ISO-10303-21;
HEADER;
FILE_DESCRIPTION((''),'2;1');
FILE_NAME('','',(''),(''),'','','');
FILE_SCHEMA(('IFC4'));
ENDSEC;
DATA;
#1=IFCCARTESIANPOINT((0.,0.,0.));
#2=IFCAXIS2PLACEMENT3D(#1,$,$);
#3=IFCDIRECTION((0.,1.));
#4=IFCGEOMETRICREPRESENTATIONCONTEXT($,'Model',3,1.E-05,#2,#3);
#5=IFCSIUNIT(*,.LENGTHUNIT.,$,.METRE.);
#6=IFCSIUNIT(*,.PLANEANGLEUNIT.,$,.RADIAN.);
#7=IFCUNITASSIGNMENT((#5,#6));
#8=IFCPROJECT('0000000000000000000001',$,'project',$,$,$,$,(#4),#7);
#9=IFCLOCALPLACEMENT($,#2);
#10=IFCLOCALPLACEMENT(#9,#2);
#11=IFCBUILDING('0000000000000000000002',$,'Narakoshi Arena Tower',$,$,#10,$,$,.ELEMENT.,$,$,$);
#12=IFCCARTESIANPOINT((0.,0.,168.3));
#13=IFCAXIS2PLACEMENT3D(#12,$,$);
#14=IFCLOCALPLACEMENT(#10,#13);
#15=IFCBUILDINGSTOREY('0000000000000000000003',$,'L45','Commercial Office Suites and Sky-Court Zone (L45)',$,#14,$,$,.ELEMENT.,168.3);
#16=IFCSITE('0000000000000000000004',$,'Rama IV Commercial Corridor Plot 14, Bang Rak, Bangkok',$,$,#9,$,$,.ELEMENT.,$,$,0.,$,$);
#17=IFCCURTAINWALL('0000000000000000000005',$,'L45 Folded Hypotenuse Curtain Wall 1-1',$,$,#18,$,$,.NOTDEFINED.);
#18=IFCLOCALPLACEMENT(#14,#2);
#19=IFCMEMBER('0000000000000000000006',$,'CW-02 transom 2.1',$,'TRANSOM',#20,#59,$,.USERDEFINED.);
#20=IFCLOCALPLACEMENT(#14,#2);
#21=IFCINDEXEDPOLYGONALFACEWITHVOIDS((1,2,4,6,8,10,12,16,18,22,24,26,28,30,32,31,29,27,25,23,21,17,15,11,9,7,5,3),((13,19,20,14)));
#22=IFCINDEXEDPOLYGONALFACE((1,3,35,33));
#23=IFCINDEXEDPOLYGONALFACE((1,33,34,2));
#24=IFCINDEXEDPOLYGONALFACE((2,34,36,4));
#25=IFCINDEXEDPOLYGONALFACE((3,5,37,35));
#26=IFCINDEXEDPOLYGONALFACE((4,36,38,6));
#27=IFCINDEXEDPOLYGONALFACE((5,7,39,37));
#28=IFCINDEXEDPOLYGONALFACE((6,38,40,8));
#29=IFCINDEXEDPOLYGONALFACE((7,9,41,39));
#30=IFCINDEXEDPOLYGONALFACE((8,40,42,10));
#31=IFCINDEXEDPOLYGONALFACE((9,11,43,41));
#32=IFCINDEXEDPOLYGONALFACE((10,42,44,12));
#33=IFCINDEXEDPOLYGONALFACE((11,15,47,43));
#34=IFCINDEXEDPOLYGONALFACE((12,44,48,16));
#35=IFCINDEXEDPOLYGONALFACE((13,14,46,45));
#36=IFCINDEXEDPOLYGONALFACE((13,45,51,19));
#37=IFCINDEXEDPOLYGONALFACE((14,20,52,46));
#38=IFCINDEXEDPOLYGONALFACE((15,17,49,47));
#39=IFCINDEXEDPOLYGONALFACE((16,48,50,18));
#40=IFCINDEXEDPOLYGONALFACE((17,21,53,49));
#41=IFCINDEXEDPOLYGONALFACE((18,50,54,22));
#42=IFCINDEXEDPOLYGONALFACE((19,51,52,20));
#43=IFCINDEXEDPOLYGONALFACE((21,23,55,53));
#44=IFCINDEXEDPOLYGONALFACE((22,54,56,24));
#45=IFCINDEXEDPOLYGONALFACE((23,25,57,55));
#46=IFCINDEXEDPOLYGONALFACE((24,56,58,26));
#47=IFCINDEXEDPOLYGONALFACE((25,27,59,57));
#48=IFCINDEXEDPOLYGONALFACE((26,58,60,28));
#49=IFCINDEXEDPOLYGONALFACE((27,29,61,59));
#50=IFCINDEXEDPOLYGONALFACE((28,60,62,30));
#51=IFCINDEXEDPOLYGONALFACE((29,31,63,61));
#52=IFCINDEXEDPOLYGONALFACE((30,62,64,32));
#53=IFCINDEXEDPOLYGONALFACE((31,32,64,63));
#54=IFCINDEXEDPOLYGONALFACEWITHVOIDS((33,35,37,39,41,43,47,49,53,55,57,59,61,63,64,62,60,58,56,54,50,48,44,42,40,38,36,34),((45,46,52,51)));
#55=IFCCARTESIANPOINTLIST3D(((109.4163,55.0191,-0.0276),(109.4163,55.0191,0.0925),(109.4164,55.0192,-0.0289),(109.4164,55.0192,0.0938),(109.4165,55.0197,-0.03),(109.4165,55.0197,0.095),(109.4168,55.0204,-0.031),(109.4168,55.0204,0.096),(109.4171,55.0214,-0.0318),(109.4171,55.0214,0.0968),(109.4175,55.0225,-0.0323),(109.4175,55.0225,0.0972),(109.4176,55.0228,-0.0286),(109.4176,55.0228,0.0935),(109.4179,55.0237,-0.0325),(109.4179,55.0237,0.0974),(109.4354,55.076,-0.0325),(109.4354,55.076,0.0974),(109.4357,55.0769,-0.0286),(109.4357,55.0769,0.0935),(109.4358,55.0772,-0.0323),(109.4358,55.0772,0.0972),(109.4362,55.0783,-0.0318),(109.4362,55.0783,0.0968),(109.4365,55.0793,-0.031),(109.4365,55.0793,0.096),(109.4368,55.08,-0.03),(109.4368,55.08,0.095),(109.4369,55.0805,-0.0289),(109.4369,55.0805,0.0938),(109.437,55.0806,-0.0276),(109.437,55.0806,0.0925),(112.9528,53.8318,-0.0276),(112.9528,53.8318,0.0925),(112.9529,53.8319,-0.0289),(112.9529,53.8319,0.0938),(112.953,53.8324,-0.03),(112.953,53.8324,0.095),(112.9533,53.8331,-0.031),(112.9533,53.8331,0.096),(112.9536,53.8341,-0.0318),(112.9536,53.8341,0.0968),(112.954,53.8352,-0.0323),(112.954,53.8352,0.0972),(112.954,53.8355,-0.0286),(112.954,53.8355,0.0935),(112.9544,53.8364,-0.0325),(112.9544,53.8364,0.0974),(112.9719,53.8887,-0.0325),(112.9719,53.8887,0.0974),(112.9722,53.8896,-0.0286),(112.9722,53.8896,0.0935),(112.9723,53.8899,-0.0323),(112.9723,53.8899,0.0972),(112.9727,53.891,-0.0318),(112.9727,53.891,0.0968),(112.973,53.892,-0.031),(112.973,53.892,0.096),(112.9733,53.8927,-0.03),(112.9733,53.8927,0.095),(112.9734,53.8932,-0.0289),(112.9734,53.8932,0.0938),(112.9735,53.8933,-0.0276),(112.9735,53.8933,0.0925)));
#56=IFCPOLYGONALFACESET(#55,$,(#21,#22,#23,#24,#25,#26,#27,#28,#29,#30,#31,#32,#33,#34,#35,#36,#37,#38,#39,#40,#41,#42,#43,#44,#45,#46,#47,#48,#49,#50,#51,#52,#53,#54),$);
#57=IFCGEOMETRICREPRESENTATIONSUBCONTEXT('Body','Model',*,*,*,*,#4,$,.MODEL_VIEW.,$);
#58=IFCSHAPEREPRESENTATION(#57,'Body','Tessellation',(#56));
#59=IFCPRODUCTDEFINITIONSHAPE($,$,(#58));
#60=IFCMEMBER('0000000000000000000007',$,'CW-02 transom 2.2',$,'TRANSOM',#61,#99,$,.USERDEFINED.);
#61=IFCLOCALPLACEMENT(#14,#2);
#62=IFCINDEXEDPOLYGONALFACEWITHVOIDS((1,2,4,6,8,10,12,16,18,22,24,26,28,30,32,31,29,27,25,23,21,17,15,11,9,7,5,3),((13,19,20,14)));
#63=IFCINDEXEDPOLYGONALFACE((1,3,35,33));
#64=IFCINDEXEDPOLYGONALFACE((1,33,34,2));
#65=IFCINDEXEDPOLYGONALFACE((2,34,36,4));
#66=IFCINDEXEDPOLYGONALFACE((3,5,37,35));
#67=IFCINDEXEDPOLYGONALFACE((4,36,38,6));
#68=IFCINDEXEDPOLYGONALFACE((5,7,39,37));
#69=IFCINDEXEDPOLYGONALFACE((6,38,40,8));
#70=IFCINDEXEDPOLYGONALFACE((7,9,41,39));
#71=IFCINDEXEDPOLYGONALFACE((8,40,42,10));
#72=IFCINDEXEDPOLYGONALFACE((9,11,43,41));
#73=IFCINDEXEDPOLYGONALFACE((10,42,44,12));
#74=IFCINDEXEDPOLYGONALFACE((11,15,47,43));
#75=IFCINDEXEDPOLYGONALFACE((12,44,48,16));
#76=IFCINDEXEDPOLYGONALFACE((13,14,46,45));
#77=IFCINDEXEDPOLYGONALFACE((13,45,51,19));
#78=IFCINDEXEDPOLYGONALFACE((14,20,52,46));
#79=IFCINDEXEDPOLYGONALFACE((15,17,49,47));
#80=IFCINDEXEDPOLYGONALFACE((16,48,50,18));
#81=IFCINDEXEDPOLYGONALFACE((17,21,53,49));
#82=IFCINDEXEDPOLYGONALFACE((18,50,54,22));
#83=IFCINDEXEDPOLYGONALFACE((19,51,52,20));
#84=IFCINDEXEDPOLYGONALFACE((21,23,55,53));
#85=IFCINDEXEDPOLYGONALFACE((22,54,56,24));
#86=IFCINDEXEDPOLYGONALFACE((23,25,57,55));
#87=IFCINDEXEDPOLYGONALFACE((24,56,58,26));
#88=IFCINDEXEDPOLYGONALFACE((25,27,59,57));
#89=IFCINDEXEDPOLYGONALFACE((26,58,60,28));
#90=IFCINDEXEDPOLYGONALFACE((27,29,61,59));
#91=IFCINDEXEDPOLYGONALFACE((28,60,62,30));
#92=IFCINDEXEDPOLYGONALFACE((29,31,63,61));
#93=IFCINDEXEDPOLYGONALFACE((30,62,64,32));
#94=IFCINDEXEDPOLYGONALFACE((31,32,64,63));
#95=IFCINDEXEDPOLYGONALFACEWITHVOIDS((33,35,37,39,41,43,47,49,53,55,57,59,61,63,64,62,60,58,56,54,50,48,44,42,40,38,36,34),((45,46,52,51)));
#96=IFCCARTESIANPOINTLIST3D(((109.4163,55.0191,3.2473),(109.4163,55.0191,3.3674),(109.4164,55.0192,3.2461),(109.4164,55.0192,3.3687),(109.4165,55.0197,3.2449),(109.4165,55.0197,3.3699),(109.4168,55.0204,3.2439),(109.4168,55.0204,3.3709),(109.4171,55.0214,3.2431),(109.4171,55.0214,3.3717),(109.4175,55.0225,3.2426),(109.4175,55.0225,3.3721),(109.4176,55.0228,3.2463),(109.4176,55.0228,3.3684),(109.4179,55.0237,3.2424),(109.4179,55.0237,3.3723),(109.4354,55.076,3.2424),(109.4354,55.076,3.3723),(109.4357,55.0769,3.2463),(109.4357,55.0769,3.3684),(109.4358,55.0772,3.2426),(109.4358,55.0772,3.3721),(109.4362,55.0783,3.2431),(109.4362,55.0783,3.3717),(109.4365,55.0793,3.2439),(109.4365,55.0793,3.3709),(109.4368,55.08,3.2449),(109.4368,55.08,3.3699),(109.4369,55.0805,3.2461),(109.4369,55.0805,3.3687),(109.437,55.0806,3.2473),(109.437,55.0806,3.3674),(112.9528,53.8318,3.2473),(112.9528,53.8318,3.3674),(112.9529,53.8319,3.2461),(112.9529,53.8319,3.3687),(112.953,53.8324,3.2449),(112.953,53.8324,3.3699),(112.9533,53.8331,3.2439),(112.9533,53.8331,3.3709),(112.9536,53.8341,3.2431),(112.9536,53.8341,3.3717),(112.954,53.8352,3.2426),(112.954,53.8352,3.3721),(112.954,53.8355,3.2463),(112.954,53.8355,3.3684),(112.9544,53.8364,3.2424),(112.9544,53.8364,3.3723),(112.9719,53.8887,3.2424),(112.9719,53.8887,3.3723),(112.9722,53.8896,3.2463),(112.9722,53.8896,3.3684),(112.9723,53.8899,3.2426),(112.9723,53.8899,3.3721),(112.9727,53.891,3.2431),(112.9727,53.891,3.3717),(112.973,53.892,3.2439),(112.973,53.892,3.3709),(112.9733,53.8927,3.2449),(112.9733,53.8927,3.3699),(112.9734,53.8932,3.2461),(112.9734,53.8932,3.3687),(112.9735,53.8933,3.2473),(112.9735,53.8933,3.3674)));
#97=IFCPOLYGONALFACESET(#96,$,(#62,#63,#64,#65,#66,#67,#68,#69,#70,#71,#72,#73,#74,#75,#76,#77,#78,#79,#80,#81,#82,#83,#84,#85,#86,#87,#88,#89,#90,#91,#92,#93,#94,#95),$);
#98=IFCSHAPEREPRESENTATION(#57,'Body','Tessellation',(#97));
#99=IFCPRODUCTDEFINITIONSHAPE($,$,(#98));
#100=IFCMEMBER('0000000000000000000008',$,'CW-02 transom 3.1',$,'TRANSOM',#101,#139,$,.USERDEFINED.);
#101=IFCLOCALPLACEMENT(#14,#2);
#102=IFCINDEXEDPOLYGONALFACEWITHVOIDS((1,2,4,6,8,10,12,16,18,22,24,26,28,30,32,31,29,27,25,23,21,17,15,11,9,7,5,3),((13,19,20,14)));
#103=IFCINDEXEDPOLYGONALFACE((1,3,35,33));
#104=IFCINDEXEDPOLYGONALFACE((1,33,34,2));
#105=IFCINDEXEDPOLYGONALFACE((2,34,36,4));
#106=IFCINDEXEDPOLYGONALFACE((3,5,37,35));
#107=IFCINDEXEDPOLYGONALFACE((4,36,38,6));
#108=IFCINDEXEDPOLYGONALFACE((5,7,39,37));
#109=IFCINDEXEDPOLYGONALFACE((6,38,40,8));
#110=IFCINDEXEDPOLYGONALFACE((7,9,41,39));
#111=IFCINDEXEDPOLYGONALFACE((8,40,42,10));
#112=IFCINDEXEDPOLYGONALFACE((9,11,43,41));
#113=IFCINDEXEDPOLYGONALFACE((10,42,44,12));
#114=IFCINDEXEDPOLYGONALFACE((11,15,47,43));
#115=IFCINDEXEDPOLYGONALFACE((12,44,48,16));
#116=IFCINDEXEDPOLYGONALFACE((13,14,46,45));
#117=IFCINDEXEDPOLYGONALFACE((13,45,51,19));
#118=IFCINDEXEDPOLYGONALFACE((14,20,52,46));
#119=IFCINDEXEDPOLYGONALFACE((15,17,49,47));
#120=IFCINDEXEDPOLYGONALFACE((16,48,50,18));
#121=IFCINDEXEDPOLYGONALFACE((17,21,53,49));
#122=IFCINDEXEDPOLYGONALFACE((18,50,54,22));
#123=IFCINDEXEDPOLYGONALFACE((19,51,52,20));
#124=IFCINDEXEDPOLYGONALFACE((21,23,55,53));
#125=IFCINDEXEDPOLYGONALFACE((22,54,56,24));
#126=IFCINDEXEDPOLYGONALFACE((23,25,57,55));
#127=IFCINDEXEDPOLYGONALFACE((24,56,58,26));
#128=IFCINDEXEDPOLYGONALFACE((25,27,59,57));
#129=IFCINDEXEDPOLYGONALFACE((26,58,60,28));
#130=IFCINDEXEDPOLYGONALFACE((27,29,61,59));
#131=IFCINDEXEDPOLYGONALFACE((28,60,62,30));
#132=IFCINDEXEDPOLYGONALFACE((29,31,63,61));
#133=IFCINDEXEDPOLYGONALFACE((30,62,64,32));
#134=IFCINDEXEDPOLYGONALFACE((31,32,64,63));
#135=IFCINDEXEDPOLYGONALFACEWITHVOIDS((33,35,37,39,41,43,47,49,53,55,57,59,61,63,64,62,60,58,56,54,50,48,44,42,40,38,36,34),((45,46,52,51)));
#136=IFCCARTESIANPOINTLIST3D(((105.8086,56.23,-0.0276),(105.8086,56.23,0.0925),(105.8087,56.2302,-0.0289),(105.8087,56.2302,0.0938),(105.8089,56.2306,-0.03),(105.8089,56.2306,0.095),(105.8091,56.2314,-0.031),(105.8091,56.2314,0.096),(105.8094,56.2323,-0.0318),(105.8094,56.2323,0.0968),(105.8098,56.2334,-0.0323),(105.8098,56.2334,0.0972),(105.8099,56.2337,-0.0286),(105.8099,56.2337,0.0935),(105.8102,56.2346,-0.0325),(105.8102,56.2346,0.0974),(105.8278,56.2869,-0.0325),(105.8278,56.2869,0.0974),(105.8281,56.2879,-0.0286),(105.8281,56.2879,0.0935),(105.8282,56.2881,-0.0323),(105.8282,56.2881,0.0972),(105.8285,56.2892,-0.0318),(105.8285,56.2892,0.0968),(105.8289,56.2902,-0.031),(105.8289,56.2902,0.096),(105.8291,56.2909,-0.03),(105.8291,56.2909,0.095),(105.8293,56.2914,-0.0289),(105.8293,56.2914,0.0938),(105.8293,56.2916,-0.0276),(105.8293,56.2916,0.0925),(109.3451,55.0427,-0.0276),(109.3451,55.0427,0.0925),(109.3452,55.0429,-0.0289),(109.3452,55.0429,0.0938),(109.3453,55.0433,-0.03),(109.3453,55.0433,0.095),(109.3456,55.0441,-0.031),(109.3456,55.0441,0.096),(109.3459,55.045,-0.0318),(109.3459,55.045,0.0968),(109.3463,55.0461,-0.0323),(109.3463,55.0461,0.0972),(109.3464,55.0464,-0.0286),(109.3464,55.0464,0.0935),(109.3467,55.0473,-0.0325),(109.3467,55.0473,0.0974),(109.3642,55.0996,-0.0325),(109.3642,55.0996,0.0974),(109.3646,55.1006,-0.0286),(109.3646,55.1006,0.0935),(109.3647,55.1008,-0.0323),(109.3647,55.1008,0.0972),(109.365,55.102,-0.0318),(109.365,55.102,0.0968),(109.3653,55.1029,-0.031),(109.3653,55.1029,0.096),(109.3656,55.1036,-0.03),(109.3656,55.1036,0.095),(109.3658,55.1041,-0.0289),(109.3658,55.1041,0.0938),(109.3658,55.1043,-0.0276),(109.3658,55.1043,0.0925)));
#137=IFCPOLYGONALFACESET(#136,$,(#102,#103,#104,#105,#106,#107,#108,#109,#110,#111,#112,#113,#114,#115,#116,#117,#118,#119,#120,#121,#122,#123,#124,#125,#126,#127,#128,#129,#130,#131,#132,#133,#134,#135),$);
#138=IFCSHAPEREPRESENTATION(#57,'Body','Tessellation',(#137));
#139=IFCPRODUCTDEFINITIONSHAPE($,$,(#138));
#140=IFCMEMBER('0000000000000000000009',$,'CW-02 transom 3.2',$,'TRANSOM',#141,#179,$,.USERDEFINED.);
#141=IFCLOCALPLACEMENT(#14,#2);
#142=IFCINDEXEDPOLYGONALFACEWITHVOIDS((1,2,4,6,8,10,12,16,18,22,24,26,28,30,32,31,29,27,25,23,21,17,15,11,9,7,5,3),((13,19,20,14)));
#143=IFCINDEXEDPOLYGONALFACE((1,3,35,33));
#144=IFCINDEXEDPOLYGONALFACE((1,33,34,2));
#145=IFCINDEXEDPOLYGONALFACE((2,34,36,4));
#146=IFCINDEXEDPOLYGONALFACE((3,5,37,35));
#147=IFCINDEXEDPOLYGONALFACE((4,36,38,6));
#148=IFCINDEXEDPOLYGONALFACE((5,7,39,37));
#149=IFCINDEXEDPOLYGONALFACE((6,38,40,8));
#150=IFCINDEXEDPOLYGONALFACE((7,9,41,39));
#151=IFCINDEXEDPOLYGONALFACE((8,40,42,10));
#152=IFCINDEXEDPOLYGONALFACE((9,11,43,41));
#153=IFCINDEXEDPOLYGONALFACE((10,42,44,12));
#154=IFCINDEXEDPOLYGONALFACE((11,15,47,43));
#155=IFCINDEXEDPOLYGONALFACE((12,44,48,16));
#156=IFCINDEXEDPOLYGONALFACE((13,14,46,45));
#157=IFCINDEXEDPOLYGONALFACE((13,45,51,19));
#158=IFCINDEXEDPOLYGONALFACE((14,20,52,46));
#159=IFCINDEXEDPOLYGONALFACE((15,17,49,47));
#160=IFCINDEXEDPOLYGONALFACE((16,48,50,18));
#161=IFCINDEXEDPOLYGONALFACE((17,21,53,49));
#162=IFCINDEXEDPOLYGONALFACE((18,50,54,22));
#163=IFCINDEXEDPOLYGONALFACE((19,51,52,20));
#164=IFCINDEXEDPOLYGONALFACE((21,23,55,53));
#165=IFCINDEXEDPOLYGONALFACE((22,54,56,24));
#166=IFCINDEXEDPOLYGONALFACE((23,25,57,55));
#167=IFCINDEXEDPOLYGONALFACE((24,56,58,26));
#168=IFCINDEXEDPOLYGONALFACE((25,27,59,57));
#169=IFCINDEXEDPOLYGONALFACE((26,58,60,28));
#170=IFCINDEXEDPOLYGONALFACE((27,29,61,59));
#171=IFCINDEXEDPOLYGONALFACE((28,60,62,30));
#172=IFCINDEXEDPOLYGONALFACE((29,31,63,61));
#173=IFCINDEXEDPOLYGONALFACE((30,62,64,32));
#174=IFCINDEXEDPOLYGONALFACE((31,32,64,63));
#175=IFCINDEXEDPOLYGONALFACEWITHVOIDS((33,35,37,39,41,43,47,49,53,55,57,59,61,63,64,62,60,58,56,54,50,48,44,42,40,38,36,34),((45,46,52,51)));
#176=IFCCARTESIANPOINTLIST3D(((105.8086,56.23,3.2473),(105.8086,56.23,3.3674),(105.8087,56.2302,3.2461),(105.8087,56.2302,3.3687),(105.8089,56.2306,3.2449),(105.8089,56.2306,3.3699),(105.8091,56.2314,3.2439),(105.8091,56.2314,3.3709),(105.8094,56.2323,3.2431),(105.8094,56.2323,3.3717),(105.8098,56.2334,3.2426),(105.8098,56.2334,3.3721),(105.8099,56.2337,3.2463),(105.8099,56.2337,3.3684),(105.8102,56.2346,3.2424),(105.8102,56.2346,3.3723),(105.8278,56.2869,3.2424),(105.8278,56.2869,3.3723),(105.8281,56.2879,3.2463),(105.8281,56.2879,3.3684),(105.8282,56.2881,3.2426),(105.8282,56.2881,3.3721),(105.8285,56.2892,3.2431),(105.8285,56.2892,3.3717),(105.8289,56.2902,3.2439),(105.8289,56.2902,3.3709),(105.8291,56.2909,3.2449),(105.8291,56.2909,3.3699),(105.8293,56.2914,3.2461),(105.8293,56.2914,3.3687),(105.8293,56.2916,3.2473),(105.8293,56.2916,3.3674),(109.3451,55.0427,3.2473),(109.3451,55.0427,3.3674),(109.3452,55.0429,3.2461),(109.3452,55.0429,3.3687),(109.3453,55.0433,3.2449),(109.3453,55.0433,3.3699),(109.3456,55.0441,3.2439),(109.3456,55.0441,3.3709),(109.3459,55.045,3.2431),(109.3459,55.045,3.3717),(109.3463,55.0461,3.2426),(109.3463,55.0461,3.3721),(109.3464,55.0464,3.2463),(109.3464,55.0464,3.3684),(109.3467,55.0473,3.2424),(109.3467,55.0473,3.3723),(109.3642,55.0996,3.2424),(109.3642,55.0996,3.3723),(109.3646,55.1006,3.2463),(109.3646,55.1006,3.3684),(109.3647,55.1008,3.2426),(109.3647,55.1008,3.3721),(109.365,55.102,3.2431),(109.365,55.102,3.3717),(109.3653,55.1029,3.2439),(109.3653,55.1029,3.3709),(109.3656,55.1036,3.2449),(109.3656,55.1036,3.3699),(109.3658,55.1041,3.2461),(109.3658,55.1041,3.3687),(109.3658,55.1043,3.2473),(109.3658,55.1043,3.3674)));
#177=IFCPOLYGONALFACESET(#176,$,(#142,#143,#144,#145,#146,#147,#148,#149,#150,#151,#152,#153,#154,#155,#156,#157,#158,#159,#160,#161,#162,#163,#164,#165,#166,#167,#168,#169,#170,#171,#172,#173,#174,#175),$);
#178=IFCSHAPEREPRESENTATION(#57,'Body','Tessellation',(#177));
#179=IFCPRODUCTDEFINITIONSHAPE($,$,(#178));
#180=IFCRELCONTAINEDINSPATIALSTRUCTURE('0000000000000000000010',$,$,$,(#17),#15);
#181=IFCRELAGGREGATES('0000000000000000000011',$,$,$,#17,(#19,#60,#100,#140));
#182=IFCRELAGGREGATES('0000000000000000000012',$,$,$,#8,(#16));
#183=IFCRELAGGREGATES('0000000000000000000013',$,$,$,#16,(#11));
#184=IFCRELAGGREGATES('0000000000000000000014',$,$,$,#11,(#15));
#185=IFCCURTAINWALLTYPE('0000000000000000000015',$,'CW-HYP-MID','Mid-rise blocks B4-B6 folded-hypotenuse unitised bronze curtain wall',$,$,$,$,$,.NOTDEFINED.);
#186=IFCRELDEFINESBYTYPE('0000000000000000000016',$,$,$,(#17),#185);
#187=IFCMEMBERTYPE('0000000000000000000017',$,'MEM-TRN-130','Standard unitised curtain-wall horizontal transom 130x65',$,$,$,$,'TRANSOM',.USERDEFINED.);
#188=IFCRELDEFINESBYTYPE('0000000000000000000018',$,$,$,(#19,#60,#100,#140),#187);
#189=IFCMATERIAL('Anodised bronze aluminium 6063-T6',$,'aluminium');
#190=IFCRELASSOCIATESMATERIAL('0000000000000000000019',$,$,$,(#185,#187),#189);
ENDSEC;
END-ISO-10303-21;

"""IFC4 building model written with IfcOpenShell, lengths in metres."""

from ifc_helpers import new_model, si_unit, direction, frame, origin, origin_2d, place, context, subcontext, project, spatial, hollow_rectangle, extrude, material, material_profile, profile_set, type_object, element, aggregate, save


model = new_model("IFC4")

# Units and contexts
model_context = context("Model", 3, precision=1e-05, world=origin(), true_north=direction((0.0, 1.0)))
body_context = subcontext(model_context, "Body", "Model", "MODEL_VIEW")
ifc_project = project(units=[si_unit("LENGTHUNIT", "METRE"), si_unit("PLANEANGLEUNIT", "RADIAN")], contexts=[model_context])

# Site, building, storey
site_placement = place(None, origin())
site = spatial("IfcSite", under=ifc_project, at=site_placement, Name="Rama IV Commercial Corridor Plot 14, Bang Rak, Bangkok", CompositionType="ELEMENT", RefElevation=0.0)
building_placement = place(site_placement, origin())
building = spatial("IfcBuilding", under=site, at=building_placement, Name="Narakoshi Arena Tower", CompositionType="ELEMENT")
storey_placement = place(building_placement, frame((0.0, 0.0, 168.3)))
storey = spatial("IfcBuildingStorey", under=building, at=storey_placement, Name="L45", Description="Commercial Office Suites and Sky-Court Zone (L45)", CompositionType="ELEMENT", Elevation=168.3)

# Curtain wall, members
ifc_material_1 = material(Name="Anodised bronze aluminium 6063-T6", Category="aluminium")
curtain_wall_type = type_object("IfcCurtainWallType", Name="CW-HYP-MID", Description="Mid-rise blocks B4-B6 folded-hypotenuse unitised bronze curtain wall", PredefinedType="NOTDEFINED", material=ifc_material_1)
curtain_wall_placement = place(storey_placement, origin())
curtain_wall = element("IfcCurtainWall", 1, at=curtain_wall_placement, inside=storey, type_object=curtain_wall_type, Name="L45 Folded Hypotenuse Curtain Wall 1-1", PredefinedType="NOTDEFINED")
ifc_material_profile_1 = material_profile(ifc_material_1, hollow_rectangle(XDim=0.0649, YDim=0.1299, WallThickness=0.0039, OuterFilletRadius=0.0049, at=origin_2d()), Name="TRN130x65x4")
ifc_profile_set_1 = profile_set([ifc_material_profile_1], Name="Anodised bronze aluminium 6063-T6")
member_type_1 = type_object("IfcMemberType", Name="MEM-TRN-130", Description="Standard unitised curtain-wall horizontal transom 130x65", ElementType="TRANSOM", PredefinedType="USERDEFINED", material=ifc_profile_set_1)
member_1_placement = place(storey_placement, frame((112.9631, 53.8625, 0.0325), z_axis=(-0.948, 0.318269, 0.0), x_axis=(-0.318269, -0.948, 0.0)))
member_1 = element("IfcMember", 2, at=member_1_placement, type_object=member_type_1, Name="CW-02 transom 2.1", ObjectType="TRANSOM", PredefinedType="USERDEFINED", context=body_context, shape_type="SweptSolid", body=[
    extrude(hollow_rectangle(XDim=0.0649, YDim=0.1299, WallThickness=0.0039, OuterFilletRadius=0.0049, at=origin_2d()), origin(), (0.0, 0.0, 1.0), 3.7305),
])
member_2_placement = place(storey_placement, frame((112.9631, 53.8625, 3.3074), z_axis=(-0.948, 0.318269, 0.0), x_axis=(-0.318269, -0.948, 0.0)))
member_2 = element("IfcMember", 3, at=member_2_placement, type_object=member_type_1, Name="CW-02 transom 2.2", ObjectType="TRANSOM", PredefinedType="USERDEFINED", context=body_context, shape_type="SweptSolid", body=[
    extrude(hollow_rectangle(XDim=0.0649, YDim=0.1299, WallThickness=0.0039, OuterFilletRadius=0.0049, at=origin_2d()), origin(), (0.0, 0.0, 1.0), 3.7305),
])
member_3_placement = place(storey_placement, frame((109.3555, 55.0735, 0.0325), z_axis=(-0.948, 0.318269, 0.0), x_axis=(-0.318269, -0.948, 0.0)))
member_3 = element("IfcMember", 4, at=member_3_placement, type_object=member_type_1, Name="CW-02 transom 3.1", ObjectType="TRANSOM", PredefinedType="USERDEFINED", context=body_context, shape_type="SweptSolid", body=[
    extrude(hollow_rectangle(XDim=0.0649, YDim=0.1299, WallThickness=0.0039, OuterFilletRadius=0.0049, at=origin_2d()), origin(), (0.0, 0.0, 1.0), 3.7305),
])
member_4_placement = place(storey_placement, frame((109.3555, 55.0735, 3.3074), z_axis=(-0.948, 0.318269, 0.0), x_axis=(-0.318269, -0.948, 0.0)))
member_4 = element("IfcMember", 5, at=member_4_placement, type_object=member_type_1, Name="CW-02 transom 3.2", ObjectType="TRANSOM", PredefinedType="USERDEFINED", context=body_context, shape_type="SweptSolid", body=[
    extrude(hollow_rectangle(XDim=0.0649, YDim=0.1299, WallThickness=0.0039, OuterFilletRadius=0.0049, at=origin_2d()), origin(), (0.0, 0.0, 1.0), 3.7305),
])
aggregate(curtain_wall, [member_1, member_2, member_3, member_4])

save(model, "model.ifc")
